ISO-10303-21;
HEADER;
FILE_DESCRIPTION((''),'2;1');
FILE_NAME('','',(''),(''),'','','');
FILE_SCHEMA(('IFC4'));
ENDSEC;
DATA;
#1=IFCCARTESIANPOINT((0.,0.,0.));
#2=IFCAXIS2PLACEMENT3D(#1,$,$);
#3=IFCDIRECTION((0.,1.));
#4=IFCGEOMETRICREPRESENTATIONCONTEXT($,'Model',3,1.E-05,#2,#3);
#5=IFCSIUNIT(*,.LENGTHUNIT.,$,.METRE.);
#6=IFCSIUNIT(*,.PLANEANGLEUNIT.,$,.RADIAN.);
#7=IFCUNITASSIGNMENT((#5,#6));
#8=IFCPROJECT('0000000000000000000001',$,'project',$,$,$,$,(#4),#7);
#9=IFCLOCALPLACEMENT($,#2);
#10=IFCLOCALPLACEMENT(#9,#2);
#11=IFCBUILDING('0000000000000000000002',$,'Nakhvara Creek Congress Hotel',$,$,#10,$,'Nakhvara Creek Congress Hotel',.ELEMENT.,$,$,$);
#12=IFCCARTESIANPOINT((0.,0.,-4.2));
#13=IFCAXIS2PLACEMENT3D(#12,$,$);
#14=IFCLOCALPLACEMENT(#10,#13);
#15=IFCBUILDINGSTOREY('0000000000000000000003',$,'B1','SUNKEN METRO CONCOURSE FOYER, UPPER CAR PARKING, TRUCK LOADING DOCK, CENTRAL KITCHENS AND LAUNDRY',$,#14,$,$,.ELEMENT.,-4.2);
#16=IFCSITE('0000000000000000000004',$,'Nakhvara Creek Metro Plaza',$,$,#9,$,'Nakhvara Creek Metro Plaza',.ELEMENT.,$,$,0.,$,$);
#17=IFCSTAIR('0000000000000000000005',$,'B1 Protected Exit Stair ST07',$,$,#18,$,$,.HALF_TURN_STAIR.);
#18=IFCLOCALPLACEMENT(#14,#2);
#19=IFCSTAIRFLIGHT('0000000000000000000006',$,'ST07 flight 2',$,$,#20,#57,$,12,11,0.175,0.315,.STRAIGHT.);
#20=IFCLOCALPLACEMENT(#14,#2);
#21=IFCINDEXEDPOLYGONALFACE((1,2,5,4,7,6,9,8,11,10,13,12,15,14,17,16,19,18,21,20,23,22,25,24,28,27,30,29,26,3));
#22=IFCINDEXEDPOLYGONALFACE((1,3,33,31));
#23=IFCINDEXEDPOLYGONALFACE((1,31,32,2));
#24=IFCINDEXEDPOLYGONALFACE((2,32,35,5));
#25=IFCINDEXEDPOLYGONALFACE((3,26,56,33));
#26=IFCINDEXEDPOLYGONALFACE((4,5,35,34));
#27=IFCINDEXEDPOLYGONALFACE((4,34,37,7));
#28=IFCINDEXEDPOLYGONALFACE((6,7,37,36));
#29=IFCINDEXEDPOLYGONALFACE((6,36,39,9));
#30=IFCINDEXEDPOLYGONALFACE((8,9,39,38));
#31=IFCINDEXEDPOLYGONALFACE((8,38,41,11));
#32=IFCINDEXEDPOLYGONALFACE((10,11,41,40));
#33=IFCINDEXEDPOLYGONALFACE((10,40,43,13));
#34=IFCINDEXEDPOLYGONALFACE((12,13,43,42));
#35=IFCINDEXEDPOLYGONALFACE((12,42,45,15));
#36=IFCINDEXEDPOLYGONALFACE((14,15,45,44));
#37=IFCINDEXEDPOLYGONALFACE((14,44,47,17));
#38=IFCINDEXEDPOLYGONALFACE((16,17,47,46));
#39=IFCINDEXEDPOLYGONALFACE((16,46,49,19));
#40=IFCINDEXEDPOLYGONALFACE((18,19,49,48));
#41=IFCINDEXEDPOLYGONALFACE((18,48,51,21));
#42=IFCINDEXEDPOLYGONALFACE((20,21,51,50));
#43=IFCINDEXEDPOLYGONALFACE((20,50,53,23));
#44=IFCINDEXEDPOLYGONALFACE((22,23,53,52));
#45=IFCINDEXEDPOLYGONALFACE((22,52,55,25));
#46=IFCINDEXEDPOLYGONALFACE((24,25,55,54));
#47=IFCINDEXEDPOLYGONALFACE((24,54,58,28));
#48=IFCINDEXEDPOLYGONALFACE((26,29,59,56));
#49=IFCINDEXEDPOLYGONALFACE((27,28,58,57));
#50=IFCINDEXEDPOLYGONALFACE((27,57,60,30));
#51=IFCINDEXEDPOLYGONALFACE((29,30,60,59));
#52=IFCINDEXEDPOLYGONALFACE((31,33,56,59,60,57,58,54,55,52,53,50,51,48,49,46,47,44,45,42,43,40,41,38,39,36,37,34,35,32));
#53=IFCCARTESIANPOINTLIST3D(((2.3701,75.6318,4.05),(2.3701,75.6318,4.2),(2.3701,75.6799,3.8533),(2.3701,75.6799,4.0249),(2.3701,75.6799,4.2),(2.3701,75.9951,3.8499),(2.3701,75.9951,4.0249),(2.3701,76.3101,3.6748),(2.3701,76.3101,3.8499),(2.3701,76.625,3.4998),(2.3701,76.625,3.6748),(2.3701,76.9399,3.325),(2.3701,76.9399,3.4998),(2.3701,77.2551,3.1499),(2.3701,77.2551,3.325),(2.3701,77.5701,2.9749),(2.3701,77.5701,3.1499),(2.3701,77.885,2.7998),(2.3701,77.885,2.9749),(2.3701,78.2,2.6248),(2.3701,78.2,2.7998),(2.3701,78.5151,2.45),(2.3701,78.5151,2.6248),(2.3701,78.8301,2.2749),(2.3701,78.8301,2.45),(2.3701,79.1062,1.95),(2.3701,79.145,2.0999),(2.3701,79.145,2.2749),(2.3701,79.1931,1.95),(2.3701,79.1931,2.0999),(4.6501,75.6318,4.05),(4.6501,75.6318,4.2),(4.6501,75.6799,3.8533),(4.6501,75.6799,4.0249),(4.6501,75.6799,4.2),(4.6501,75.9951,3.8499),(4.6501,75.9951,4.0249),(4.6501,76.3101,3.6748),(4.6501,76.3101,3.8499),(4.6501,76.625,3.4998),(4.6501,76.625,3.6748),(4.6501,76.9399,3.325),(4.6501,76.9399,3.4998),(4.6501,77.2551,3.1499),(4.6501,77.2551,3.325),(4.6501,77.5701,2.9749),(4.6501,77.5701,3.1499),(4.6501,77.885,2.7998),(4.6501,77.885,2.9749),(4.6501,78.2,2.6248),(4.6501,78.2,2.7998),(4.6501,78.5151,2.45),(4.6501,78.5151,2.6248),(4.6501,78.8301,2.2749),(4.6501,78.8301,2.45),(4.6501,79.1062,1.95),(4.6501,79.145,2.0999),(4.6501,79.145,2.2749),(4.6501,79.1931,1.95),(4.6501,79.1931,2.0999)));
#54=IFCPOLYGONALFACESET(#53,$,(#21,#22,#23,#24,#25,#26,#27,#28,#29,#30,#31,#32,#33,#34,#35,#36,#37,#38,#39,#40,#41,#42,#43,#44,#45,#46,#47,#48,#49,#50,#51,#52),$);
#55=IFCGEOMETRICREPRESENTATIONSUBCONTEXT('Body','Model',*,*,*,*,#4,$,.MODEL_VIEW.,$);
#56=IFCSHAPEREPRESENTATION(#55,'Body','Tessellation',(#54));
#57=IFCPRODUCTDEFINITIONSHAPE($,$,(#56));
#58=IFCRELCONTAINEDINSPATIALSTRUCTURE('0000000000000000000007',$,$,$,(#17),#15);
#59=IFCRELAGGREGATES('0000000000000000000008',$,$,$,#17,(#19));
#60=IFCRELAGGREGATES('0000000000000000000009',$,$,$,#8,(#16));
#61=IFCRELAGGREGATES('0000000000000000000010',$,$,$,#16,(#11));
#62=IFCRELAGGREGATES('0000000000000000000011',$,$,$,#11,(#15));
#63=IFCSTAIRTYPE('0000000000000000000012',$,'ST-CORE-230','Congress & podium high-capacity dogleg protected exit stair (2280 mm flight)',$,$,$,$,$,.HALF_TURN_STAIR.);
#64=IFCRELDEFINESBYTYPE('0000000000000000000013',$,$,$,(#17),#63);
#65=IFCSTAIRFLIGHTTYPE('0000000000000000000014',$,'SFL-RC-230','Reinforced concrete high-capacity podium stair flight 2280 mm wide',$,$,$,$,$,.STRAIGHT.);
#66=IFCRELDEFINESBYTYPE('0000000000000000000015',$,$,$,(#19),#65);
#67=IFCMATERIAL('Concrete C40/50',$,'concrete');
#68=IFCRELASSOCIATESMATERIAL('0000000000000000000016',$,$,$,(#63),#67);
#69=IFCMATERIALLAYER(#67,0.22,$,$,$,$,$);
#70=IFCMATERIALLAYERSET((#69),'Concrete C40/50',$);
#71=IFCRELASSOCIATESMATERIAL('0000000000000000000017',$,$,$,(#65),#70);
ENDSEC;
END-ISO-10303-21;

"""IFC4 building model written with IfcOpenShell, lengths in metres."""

from ifc_helpers import new_model, si_unit, direction, frame, origin, place, context, subcontext, project, spatial, polyline, outline, extrude, material, layer, layer_set, type_object, element, aggregate, save


model = new_model("IFC4")

# Units and contexts
model_context = context("Model", 3, precision=1e-05, world=origin(), true_north=direction((0.0, 1.0)))
body_context = subcontext(model_context, "Body", "Model", "MODEL_VIEW")
ifc_project = project(units=[si_unit("LENGTHUNIT", "METRE"), si_unit("PLANEANGLEUNIT", "RADIAN")], contexts=[model_context])

# Site, building, storey
site_placement = place(None, origin())
site = spatial("IfcSite", under=ifc_project, at=site_placement, Name="Nakhvara Creek Metro Plaza", LongName="Nakhvara Creek Metro Plaza", CompositionType="ELEMENT", RefElevation=0.0)
building_placement = place(site_placement, origin())
building = spatial("IfcBuilding", under=site, at=building_placement, Name="Nakhvara Creek Congress Hotel", LongName="Nakhvara Creek Congress Hotel", CompositionType="ELEMENT")
storey_placement = place(building_placement, frame((0.0, 0.0, -4.2)))
storey = spatial("IfcBuildingStorey", under=building, at=storey_placement, Name="B1", Description="SUNKEN METRO CONCOURSE FOYER, UPPER CAR PARKING, TRUCK LOADING DOCK, CENTRAL KITCHENS AND LAUNDRY", CompositionType="ELEMENT", Elevation=-4.2)

# Shared definitions
ifc_material_1 = material(Name="Concrete C40/50", Category="concrete")

# Stair, stair flight
stair_type = type_object("IfcStairType", Name="ST-CORE-230", Description="Congress & podium high-capacity dogleg protected exit stair (2280 mm flight)", PredefinedType="HALF_TURN_STAIR", material=ifc_material_1)
stair_placement = place(storey_placement, origin())
stair = element("IfcStair", 1, at=stair_placement, inside=storey, type_object=stair_type, Name="B1 Protected Exit Stair ST07", PredefinedType="HALF_TURN_STAIR")
ifc_layer_1 = layer(ifc_material_1, 0.22)
ifc_layer_set_1 = layer_set([ifc_layer_1], Name="Concrete C40/50")
stair_flight_type = type_object("IfcStairFlightType", Name="SFL-RC-230", Description="Reinforced concrete high-capacity podium stair flight 2280 mm wide", PredefinedType="STRAIGHT", material=ifc_layer_set_1)
stair_flight_1_placement = place(storey_placement, frame((3.51, 79.145, 2.0999), z_axis=(0.0, 0.0, 1.0), x_axis=(0.0, -1.0, 0.0)))
stair_flight_1 = element("IfcStairFlight", 2, at=stair_flight_1_placement, type_object=stair_flight_type, Name="ST07 flight 2", NumberOfRisers=12, NumberOfTreads=11, PredefinedType="STRAIGHT", RiserHeight=0.175, TreadLength=0.315, context=body_context, shape_type="SweptSolid", body=[
    extrude(outline(polyline([(-0.0481, 0.0), (0.0, 0.0), (0.0, 0.175), (0.3149, 0.175), (0.3149, 0.3501), (0.6299, 0.3501), (0.6299, 0.5249), (0.9451, 0.5249), (0.9451, 0.7), (1.26, 0.7), (1.26, 0.875), (1.575, 0.875), (1.575, 1.05), (1.8899, 1.05), (1.8899, 1.2251), (2.2051, 1.2251), (2.2051, 1.3999), (2.52, 1.3999), (2.52, 1.575), (2.835, 1.575), (2.835, 1.75), (3.1499, 1.75), (3.1499, 1.925), (3.4651, 1.925), (3.4651, 2.1001), (3.5132, 2.1001), (3.5132, 1.9502), (3.4651, 1.7534), (0.0388, -0.1499), (-0.0481, -0.1499), (-0.0481, 0.0)])), frame((0.0, 1.1401, 0.0), z_axis=(0.0, -1.0, 0.0), x_axis=(1.0, 0.0, 0.0)), (0.0, 0.0, 1.0), 2.28),
])
aggregate(stair, [stair_flight_1])

save(model, "model.ifc")
